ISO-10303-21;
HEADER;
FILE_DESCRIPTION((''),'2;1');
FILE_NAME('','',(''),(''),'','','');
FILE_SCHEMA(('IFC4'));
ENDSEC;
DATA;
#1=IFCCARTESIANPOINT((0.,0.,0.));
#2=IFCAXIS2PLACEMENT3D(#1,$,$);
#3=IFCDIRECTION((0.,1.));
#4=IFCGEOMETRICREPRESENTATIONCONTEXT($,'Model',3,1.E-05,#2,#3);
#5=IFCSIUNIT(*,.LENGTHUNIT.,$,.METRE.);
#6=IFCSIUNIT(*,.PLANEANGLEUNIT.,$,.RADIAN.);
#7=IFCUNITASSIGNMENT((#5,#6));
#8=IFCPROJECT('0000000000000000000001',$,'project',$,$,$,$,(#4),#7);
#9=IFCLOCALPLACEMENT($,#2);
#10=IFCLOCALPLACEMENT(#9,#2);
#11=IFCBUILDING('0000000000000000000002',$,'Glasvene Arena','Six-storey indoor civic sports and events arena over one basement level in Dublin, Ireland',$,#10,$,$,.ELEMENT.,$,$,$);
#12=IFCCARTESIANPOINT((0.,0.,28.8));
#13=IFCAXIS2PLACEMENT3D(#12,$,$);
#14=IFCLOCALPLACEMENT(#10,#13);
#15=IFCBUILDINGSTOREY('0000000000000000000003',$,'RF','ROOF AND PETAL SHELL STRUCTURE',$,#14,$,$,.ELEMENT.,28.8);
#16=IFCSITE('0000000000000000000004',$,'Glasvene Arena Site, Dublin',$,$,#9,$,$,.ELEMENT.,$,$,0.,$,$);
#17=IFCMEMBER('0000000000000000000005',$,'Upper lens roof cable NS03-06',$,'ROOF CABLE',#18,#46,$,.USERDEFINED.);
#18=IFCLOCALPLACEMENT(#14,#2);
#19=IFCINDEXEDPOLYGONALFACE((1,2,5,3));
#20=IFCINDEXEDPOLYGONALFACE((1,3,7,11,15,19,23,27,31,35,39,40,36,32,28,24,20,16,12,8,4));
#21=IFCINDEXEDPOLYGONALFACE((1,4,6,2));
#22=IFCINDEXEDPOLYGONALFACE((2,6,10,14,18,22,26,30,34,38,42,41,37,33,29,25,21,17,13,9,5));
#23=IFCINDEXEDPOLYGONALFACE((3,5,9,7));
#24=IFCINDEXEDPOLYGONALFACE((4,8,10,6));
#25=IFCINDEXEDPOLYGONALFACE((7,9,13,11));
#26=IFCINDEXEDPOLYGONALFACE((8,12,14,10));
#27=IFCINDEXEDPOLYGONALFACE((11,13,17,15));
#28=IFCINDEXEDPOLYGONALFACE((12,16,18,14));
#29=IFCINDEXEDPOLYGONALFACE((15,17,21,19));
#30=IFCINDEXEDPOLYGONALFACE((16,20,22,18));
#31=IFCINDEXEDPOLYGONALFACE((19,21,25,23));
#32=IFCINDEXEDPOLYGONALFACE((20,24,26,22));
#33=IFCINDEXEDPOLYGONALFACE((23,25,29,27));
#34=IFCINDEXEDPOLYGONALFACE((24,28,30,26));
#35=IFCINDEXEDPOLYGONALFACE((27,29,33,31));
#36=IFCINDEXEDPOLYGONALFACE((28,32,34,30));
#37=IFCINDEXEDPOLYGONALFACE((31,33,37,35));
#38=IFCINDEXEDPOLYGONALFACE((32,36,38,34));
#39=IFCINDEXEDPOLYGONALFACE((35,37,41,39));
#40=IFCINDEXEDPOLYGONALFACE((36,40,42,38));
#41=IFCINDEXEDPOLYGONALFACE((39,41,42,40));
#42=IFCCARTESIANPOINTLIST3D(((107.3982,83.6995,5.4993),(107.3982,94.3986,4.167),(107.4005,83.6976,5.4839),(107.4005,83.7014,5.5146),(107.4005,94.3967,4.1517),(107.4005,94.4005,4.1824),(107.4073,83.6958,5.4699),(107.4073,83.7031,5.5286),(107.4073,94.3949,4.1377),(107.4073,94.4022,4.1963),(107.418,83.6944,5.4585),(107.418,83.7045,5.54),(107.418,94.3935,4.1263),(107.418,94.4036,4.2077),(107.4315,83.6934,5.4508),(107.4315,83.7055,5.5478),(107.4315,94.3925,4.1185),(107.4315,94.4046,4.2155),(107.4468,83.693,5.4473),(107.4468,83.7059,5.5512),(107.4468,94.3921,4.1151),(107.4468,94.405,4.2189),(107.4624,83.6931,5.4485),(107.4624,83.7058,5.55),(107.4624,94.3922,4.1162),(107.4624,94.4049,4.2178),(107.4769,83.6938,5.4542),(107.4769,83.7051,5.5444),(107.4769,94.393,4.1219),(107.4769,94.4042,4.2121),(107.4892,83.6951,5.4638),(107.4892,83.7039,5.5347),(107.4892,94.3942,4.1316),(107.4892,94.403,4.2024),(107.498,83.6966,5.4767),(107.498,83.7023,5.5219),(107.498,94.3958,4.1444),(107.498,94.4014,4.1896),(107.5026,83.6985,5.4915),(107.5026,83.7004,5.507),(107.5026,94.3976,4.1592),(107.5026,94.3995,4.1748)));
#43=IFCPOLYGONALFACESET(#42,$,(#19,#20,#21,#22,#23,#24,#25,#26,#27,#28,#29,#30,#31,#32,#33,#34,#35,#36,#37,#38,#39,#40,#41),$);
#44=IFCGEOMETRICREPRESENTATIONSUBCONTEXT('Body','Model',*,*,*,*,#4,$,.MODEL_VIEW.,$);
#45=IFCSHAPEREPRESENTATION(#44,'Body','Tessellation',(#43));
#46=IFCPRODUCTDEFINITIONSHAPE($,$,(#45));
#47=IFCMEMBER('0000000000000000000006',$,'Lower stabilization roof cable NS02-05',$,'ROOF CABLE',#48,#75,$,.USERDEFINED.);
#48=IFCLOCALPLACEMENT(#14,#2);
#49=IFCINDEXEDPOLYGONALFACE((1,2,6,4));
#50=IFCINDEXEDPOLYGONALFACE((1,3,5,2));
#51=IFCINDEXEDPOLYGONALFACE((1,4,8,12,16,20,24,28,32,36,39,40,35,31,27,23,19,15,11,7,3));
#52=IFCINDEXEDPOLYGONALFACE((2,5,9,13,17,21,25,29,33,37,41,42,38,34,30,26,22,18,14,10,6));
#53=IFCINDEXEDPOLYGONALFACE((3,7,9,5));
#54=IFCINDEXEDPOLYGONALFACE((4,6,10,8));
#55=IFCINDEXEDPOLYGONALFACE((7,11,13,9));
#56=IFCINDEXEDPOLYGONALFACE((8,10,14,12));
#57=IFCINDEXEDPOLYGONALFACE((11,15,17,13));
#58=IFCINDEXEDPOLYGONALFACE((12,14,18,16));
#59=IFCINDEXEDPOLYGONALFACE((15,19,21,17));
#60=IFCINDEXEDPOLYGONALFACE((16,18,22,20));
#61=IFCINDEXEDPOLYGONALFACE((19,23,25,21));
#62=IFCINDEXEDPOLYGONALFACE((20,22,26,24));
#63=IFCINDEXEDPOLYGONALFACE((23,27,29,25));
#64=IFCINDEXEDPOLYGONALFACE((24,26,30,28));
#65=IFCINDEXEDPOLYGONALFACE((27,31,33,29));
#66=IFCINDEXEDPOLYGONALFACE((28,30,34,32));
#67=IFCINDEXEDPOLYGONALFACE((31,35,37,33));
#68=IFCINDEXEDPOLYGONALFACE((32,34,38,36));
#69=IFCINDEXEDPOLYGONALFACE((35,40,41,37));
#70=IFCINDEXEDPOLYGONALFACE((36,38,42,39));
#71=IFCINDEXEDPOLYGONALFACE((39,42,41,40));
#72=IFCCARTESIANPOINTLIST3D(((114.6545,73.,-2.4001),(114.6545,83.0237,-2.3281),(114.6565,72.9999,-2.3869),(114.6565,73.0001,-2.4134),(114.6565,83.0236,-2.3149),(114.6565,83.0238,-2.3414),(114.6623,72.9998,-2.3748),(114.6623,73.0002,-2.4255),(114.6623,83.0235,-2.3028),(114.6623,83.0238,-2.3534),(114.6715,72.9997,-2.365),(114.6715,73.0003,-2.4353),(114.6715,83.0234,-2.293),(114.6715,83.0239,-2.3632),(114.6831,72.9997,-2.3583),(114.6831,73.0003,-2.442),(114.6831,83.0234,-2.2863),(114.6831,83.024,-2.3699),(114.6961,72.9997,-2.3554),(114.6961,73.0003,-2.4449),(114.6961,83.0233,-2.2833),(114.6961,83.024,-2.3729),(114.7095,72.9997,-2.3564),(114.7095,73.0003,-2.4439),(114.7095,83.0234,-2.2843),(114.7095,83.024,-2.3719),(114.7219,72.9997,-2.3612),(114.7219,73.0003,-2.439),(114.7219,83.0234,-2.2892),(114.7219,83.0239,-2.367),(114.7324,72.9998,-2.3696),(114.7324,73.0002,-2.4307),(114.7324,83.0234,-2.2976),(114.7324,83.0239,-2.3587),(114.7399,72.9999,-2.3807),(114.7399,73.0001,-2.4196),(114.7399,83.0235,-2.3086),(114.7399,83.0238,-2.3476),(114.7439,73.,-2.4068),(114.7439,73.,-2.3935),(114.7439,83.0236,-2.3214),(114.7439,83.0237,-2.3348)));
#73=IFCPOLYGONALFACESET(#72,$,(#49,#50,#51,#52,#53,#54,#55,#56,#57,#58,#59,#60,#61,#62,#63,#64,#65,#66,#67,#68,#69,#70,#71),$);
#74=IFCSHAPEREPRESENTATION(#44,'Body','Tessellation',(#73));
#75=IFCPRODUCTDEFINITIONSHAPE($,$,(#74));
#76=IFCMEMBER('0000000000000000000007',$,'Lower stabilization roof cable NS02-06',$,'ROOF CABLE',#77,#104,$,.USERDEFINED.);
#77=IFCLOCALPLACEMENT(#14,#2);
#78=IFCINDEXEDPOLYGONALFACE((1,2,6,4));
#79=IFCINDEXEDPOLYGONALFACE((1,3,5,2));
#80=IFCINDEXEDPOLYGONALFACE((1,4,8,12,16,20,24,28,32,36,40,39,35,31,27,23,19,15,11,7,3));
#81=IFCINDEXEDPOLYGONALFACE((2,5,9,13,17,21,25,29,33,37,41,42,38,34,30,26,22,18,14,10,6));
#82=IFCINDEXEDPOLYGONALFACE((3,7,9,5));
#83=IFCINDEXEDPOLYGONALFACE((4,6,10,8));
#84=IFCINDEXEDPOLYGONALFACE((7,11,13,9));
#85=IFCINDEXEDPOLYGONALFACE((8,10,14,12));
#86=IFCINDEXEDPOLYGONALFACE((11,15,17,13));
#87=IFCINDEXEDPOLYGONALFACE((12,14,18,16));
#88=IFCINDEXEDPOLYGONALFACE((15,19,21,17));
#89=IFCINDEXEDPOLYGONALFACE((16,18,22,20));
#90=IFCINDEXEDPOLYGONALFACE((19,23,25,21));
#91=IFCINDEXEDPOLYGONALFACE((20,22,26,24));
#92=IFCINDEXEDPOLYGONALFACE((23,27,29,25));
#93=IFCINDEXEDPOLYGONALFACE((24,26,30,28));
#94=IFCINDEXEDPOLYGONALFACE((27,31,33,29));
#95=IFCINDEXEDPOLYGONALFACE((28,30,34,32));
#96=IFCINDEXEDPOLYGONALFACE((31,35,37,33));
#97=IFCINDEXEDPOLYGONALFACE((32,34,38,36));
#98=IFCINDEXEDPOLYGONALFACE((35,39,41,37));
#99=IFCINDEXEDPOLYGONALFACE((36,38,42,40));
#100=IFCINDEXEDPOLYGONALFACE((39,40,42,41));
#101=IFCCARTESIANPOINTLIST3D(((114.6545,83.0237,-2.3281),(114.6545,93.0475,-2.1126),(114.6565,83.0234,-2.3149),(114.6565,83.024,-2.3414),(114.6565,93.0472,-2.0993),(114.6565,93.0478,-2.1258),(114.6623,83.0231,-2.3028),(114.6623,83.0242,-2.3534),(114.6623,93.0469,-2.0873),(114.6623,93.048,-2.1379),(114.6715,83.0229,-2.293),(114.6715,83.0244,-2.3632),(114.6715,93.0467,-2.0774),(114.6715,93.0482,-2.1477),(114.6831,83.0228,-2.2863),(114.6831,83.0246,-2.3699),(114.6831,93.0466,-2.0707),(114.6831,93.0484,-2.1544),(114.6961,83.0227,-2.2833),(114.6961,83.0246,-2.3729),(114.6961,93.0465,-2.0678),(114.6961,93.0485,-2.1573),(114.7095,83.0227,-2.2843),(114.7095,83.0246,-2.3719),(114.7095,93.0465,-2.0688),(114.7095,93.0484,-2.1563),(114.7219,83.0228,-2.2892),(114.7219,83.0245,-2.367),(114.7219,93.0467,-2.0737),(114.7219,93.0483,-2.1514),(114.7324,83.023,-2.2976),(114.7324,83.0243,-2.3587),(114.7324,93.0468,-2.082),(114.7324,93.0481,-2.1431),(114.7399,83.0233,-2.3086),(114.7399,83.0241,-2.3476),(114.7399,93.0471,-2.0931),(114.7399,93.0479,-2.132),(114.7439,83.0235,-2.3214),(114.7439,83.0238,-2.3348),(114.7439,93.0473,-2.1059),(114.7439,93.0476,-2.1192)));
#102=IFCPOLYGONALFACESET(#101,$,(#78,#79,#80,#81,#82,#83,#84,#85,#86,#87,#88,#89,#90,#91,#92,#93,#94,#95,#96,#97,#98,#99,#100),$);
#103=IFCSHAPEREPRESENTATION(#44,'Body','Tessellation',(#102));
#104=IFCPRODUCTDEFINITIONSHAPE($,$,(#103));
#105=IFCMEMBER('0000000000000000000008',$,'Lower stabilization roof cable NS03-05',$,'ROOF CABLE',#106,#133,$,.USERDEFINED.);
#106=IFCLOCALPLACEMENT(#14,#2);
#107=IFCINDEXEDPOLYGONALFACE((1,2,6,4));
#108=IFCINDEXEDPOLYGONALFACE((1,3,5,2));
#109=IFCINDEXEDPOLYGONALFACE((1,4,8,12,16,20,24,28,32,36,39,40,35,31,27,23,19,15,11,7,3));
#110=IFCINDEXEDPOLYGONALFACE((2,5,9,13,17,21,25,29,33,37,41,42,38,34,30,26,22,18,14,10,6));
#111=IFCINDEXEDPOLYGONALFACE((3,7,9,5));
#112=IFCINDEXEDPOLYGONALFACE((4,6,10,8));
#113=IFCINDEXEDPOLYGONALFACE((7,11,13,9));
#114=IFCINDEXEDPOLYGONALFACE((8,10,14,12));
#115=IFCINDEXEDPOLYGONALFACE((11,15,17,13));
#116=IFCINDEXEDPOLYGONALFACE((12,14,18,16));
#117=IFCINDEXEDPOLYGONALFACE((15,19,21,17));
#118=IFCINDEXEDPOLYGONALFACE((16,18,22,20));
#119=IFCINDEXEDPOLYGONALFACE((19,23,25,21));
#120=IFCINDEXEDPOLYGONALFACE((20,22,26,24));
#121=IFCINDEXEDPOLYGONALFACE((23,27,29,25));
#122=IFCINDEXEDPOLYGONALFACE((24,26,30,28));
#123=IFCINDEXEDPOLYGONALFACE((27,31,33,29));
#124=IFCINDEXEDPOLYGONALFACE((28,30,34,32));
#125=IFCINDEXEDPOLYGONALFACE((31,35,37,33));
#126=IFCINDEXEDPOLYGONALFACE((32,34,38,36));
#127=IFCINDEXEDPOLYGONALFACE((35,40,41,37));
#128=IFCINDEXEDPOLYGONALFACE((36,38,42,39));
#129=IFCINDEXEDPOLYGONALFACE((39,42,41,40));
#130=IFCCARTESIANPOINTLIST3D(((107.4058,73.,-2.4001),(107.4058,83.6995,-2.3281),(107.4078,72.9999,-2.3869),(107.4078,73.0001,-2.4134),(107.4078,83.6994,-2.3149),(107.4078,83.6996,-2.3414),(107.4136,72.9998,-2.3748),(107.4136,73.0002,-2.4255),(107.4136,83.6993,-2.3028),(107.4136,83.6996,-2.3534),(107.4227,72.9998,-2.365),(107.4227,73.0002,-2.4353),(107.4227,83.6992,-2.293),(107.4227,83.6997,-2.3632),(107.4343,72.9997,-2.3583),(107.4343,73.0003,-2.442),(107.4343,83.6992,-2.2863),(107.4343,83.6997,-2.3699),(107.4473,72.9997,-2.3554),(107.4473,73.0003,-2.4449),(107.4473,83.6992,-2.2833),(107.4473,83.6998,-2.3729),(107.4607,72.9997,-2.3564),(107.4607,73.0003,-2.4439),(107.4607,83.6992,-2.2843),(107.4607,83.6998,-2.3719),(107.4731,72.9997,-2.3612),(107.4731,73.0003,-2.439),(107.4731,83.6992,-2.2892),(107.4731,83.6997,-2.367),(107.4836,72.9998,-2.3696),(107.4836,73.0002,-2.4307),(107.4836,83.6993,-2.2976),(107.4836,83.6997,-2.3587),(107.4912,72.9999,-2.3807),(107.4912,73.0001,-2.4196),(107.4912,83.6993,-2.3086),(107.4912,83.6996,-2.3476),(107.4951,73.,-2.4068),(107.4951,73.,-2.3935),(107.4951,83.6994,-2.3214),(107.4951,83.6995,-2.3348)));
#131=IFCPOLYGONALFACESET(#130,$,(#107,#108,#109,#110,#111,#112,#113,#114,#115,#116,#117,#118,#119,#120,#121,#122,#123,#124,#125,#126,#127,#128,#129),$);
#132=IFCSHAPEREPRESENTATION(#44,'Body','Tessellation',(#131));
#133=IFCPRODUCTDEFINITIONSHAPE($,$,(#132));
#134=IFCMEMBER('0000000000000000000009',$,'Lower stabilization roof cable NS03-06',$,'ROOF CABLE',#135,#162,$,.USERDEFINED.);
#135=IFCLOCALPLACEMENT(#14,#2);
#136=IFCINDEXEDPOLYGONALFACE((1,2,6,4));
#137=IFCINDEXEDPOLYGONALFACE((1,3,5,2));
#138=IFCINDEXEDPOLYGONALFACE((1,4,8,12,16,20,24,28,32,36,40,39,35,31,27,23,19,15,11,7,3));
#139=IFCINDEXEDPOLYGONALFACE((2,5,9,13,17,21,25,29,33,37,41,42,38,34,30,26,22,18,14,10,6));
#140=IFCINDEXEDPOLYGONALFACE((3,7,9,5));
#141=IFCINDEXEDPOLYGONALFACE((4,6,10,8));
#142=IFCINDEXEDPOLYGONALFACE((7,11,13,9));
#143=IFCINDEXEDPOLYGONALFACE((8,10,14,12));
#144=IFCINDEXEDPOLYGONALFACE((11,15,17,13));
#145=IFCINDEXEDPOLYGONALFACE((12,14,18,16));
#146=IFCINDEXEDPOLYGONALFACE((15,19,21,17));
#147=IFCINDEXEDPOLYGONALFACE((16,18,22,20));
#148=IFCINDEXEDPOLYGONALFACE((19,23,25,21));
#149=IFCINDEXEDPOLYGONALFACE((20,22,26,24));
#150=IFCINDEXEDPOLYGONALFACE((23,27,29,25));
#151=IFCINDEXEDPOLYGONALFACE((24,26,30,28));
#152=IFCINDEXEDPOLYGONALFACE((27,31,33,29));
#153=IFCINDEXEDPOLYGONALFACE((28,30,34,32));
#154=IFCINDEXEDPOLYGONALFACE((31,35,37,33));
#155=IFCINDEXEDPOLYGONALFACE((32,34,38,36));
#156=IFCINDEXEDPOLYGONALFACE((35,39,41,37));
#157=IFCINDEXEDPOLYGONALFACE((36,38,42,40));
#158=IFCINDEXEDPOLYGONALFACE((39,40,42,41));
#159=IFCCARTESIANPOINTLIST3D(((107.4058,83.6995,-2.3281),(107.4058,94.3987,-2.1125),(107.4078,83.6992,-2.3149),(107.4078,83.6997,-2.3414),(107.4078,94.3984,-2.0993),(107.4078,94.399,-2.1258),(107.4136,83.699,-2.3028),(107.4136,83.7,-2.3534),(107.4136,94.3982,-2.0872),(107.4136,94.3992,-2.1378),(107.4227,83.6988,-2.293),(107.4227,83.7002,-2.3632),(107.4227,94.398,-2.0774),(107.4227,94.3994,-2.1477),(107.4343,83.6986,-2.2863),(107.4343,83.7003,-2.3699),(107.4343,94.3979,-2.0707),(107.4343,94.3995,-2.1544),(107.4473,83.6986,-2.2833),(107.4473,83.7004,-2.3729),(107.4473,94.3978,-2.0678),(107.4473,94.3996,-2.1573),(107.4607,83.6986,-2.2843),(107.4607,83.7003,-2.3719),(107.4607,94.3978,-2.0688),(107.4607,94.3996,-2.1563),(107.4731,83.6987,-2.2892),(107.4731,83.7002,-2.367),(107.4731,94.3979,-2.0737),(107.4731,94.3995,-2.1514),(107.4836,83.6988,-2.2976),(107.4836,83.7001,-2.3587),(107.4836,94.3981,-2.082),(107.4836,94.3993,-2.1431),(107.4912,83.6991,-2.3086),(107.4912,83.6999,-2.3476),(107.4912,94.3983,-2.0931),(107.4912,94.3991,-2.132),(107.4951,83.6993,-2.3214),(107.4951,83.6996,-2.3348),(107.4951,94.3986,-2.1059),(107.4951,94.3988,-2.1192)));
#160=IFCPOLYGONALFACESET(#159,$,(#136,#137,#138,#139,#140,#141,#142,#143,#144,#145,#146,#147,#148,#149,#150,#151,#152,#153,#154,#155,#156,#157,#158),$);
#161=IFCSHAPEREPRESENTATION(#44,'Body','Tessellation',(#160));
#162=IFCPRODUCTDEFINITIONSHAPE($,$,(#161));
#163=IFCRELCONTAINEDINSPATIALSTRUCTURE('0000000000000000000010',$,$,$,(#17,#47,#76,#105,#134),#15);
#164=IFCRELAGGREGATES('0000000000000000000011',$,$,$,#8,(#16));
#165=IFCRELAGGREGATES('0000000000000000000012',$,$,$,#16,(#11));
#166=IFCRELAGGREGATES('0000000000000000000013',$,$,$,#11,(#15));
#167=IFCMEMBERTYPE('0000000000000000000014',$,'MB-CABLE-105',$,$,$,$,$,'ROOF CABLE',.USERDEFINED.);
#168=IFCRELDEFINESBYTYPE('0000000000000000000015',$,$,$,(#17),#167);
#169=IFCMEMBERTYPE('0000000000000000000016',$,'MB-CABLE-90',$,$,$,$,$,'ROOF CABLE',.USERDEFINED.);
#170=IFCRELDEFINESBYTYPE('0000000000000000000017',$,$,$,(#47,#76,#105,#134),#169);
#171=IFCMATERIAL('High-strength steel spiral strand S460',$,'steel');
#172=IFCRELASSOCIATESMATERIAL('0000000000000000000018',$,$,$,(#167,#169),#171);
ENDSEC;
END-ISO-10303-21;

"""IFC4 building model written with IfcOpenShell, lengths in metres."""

from ifc_helpers import new_model, si_unit, direction, frame, origin, origin_2d, place, context, subcontext, project, spatial, circle, extrude, material, material_profile, profile_set, type_object, element, save


model = new_model("IFC4")

# Units and contexts
model_context = context("Model", 3, precision=1e-05, world=origin(), true_north=direction((0.0, 1.0)))
body_context = subcontext(model_context, "Body", "Model", "MODEL_VIEW")
ifc_project = project(units=[si_unit("LENGTHUNIT", "METRE"), si_unit("PLANEANGLEUNIT", "RADIAN")], contexts=[model_context])

# Site, building, storey
site_placement = place(None, origin())
site = spatial("IfcSite", under=ifc_project, at=site_placement, Name="Glasvene Arena Site, Dublin", CompositionType="ELEMENT", RefElevation=0.0)
building_placement = place(site_placement, origin())
building = spatial("IfcBuilding", under=site, at=building_placement, Name="Glasvene Arena", Description="Six-storey indoor civic sports and events arena over one basement level in Dublin, Ireland", CompositionType="ELEMENT")
storey_placement = place(building_placement, frame((0.0, 0.0, 28.8)))
storey = spatial("IfcBuildingStorey", under=building, at=storey_placement, Name="RF", Description="ROOF AND PETAL SHELL STRUCTURE", CompositionType="ELEMENT", Elevation=28.8)

# Members
ifc_material_1 = material(Name="High-strength steel spiral strand S460", Category="steel")
ifc_material_profile_1 = material_profile(ifc_material_1, circle(Radius=0.0525, at=origin_2d()), Name="LCSS D105")
ifc_profile_set_1 = profile_set([ifc_material_profile_1], Name="High-strength steel spiral strand S460")
member_type_1 = type_object("IfcMemberType", Name="MB-CABLE-105", ElementType="ROOF CABLE", PredefinedType="USERDEFINED", material=ifc_profile_set_1)
member_1_placement = place(storey_placement, frame((107.4507, 83.6995, 5.4993), z_axis=(0.0, 0.992336, -0.123567), x_axis=(-1.0, 0.0, 0.0)))
element("IfcMember", 1, at=member_1_placement, inside=storey, type_object=member_type_1, Name="Upper lens roof cable NS03-06", ObjectType="ROOF CABLE", PredefinedType="USERDEFINED", context=body_context, shape_type="SweptSolid", body=[
    extrude(circle(Radius=0.0525, at=origin_2d()), origin(), (0.0, 0.0, 1.0), 10.7817),
])
ifc_material_profile_2 = material_profile(ifc_material_1, circle(Radius=0.0449, at=origin_2d()), Name="LCSS D90")
ifc_profile_set_2 = profile_set([ifc_material_profile_2], Name="High-strength steel spiral strand S460")
member_type_2 = type_object("IfcMemberType", Name="MB-CABLE-90", ElementType="ROOF CABLE", PredefinedType="USERDEFINED", material=ifc_profile_set_2)
member_2_placement = place(storey_placement, frame((114.6995, 73.0, -2.4001), z_axis=(0.0, 0.999974, 0.007185), x_axis=(-1.0, 0.0, 0.0)))
element("IfcMember", 2, at=member_2_placement, inside=storey, type_object=member_type_2, Name="Lower stabilization roof cable NS02-05", ObjectType="ROOF CABLE", PredefinedType="USERDEFINED", context=body_context, shape_type="SweptSolid", body=[
    extrude(circle(Radius=0.0449, at=origin_2d()), origin(), (0.0, 0.0, 1.0), 10.0239),
])
member_3_placement = place(storey_placement, frame((114.6995, 83.0237, -2.3281), z_axis=(0.0, 0.999769, 0.021501), x_axis=(-1.0, 0.0, 0.0)))
element("IfcMember", 3, at=member_3_placement, inside=storey, type_object=member_type_2, Name="Lower stabilization roof cable NS02-06", ObjectType="ROOF CABLE", PredefinedType="USERDEFINED", context=body_context, shape_type="SweptSolid", body=[
    extrude(circle(Radius=0.0449, at=origin_2d()), origin(), (0.0, 0.0, 1.0), 10.0261),
])
member_4_placement = place(storey_placement, frame((107.4507, 73.0, -2.4001), z_axis=(0.0, 0.999977, 0.006731), x_axis=(-1.0, 0.0, 0.0)))
element("IfcMember", 4, at=member_4_placement, inside=storey, type_object=member_type_2, Name="Lower stabilization roof cable NS03-05", ObjectType="ROOF CABLE", PredefinedType="USERDEFINED", context=body_context, shape_type="SweptSolid", body=[
    extrude(circle(Radius=0.0449, at=origin_2d()), origin(), (0.0, 0.0, 1.0), 10.6997),
])
member_5_placement = place(storey_placement, frame((107.4507, 83.6995, -2.3281), z_axis=(0.0, 0.999797, 0.020145), x_axis=(-1.0, 0.0, 0.0)))
element("IfcMember", 5, at=member_5_placement, inside=storey, type_object=member_type_2, Name="Lower stabilization roof cable NS03-06", ObjectType="ROOF CABLE", PredefinedType="USERDEFINED", context=body_context, shape_type="SweptSolid", body=[
    extrude(circle(Radius=0.0449, at=origin_2d()), origin(), (0.0, 0.0, 1.0), 10.7014),
])

save(model, "model.ifc")
